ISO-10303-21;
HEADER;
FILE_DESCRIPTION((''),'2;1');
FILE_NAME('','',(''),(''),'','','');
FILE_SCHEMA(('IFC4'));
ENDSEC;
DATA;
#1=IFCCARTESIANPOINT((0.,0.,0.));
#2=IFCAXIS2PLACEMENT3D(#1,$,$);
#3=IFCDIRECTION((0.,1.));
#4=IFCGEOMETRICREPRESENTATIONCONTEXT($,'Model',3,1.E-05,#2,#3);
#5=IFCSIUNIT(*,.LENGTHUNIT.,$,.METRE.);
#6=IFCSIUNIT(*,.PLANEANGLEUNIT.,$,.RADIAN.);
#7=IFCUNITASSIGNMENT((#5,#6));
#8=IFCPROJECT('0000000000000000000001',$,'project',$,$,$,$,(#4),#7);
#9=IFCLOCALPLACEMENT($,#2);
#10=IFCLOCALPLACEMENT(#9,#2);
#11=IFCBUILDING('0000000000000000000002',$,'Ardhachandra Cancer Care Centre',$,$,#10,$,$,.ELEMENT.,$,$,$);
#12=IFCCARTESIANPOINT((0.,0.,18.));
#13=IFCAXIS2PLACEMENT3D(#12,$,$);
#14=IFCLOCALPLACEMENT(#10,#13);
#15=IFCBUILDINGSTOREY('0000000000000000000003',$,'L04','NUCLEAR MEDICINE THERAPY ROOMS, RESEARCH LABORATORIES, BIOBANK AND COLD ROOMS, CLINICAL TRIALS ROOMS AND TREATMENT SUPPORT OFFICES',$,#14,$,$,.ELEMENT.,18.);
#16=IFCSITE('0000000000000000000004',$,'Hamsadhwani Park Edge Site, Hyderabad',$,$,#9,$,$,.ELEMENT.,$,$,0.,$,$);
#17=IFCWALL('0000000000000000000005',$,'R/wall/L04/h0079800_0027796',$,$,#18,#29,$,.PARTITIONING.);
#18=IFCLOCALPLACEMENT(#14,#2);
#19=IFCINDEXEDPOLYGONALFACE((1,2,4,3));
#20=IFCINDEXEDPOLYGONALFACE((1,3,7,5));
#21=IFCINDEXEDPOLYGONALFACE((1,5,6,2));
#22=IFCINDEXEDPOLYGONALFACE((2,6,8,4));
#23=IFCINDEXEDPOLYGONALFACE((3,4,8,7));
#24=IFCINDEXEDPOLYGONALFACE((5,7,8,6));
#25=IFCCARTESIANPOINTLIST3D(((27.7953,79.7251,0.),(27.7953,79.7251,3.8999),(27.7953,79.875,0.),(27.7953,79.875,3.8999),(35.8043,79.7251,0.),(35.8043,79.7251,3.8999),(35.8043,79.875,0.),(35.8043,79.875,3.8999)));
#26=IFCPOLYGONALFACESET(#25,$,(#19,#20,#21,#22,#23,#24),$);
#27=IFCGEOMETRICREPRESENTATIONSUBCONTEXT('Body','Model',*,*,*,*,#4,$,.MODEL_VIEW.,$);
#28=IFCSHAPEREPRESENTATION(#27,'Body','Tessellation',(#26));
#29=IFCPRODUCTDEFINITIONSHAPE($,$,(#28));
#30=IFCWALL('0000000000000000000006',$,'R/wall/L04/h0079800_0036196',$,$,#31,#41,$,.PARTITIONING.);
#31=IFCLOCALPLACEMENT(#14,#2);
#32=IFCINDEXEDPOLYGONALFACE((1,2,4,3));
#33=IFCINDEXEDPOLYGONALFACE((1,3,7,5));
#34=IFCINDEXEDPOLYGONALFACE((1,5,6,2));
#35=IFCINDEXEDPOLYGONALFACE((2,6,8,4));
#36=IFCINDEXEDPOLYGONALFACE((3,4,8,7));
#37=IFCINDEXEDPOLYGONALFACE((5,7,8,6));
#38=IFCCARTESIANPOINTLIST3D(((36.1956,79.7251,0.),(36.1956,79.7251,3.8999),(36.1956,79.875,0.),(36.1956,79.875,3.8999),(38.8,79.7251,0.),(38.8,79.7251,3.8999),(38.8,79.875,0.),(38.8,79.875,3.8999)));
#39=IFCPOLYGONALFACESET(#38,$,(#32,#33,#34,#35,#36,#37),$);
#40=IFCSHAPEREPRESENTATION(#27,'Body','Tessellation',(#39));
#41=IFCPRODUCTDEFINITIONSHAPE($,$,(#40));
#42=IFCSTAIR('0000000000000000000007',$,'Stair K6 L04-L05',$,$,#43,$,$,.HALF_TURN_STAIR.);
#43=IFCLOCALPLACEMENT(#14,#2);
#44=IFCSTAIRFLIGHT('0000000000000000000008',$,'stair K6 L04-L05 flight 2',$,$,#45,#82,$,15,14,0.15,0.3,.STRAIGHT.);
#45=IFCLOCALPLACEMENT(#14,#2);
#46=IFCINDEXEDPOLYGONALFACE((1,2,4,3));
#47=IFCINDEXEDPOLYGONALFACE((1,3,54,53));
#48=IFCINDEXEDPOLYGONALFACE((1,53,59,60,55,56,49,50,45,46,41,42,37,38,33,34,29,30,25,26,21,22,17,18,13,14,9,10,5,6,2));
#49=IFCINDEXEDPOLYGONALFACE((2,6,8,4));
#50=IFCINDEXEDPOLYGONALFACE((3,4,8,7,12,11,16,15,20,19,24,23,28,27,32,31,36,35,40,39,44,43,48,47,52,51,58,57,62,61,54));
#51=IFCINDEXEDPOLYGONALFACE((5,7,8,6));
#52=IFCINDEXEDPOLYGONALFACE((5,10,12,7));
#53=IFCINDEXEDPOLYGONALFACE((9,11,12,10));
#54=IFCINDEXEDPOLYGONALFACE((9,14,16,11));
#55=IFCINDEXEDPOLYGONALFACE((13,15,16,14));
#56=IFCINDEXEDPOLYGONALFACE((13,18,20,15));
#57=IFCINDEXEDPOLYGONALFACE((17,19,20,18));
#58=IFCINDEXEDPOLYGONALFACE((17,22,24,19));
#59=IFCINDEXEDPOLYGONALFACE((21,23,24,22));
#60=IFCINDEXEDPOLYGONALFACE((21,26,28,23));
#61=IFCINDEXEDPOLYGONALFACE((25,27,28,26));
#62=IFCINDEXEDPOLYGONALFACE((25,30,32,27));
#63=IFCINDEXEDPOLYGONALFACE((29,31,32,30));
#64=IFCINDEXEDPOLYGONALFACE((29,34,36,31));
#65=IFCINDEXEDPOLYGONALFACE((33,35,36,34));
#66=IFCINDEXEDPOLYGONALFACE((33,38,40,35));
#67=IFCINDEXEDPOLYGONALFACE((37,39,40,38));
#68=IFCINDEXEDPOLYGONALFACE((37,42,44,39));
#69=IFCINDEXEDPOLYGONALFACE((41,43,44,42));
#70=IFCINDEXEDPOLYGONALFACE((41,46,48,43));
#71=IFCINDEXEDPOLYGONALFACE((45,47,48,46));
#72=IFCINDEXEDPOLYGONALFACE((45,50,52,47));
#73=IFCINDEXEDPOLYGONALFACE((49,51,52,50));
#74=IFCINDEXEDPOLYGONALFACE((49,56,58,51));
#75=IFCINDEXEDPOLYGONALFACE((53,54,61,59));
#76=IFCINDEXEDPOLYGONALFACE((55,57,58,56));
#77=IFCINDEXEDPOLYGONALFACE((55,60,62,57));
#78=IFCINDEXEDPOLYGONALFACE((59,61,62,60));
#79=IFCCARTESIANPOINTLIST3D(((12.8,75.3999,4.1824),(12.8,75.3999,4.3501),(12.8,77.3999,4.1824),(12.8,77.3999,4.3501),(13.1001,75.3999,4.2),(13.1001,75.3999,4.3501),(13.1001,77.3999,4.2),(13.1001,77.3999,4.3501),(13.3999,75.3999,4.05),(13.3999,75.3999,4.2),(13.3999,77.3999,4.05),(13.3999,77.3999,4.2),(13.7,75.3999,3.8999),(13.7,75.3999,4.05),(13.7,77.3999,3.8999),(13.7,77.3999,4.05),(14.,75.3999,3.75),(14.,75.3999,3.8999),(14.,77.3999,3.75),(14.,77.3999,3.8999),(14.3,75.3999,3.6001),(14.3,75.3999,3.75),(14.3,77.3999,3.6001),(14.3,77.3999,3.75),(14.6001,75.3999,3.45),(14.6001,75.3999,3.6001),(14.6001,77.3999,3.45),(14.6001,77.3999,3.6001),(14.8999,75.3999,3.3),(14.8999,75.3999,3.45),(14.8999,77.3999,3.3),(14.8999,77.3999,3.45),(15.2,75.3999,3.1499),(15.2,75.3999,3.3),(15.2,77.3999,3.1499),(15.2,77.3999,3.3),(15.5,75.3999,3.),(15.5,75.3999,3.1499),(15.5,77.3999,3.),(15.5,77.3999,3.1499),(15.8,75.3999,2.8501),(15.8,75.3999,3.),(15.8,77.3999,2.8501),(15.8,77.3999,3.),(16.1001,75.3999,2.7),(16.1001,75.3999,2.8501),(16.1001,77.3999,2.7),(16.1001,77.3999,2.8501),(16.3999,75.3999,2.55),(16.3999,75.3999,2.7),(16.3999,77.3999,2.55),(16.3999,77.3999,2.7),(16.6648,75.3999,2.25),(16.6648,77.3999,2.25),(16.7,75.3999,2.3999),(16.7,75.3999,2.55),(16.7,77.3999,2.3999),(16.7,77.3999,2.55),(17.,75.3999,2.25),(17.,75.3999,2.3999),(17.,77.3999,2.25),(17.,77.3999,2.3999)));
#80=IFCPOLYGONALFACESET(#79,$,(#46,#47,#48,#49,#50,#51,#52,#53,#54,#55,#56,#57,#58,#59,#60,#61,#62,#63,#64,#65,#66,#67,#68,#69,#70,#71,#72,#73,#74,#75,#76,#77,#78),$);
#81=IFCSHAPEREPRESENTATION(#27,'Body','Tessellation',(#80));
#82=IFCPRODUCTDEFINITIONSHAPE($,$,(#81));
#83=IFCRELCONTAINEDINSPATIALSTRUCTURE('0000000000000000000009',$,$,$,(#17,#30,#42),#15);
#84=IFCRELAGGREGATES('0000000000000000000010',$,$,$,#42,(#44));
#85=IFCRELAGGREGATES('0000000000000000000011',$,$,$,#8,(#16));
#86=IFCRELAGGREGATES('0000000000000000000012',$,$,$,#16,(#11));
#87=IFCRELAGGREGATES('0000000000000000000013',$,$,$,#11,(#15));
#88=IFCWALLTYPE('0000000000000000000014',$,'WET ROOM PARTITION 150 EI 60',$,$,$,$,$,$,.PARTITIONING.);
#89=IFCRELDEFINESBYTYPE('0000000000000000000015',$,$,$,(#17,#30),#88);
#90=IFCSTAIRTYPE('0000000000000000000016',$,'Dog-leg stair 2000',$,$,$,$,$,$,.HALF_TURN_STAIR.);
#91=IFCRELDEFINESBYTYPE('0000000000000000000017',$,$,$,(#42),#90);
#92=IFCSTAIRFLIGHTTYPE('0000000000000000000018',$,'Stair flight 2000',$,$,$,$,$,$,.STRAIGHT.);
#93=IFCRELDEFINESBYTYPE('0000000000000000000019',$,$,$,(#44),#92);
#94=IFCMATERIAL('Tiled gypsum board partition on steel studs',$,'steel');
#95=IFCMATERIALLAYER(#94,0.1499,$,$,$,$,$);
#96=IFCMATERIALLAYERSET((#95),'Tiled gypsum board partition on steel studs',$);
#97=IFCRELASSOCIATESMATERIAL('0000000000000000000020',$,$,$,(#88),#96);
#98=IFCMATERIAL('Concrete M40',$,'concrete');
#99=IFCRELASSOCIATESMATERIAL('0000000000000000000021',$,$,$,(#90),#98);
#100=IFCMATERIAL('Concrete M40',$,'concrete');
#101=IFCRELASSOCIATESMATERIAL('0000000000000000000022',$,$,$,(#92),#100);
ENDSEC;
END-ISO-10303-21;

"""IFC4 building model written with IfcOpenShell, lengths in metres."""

from ifc_helpers import new_model, si_unit, direction, frame, frame_2d, origin, place, context, subcontext, project, spatial, polyline, rectangle, outline, extrude, material, layer, layer_set, type_object, element, aggregate, save


model = new_model("IFC4")

# Units and contexts
model_context = context("Model", 3, precision=1e-05, world=origin(), true_north=direction((0.0, 1.0)))
body_context = subcontext(model_context, "Body", "Model", "MODEL_VIEW")
ifc_project = project(units=[si_unit("LENGTHUNIT", "METRE"), si_unit("PLANEANGLEUNIT", "RADIAN")], contexts=[model_context])

# Site, building, storey
site_placement = place(None, origin())
site = spatial("IfcSite", under=ifc_project, at=site_placement, Name="Hamsadhwani Park Edge Site, Hyderabad", CompositionType="ELEMENT", RefElevation=0.0)
building_placement = place(site_placement, origin())
building = spatial("IfcBuilding", under=site, at=building_placement, Name="Ardhachandra Cancer Care Centre", CompositionType="ELEMENT")
storey_placement = place(building_placement, frame((0.0, 0.0, 18.0)))
storey = spatial("IfcBuildingStorey", under=building, at=storey_placement, Name="L04", Description="NUCLEAR MEDICINE THERAPY ROOMS, RESEARCH LABORATORIES, BIOBANK AND COLD ROOMS, CLINICAL TRIALS ROOMS AND TREATMENT SUPPORT OFFICES", CompositionType="ELEMENT", Elevation=18.0)

# Walls
ifc_material_1 = material(Name="Tiled gypsum board partition on steel studs", Category="steel")
ifc_layer_1 = layer(ifc_material_1, 0.1499)
ifc_layer_set_1 = layer_set([ifc_layer_1], Name="Tiled gypsum board partition on steel studs")
wall_type_1 = type_object("IfcWallType", Name="WET ROOM PARTITION 150 EI 60", PredefinedType="PARTITIONING", material=ifc_layer_set_1)
wall_1_placement = place(storey_placement, frame((27.7954, 79.8, 0.0), z_axis=(0.0, 0.0, 1.0), x_axis=(1.0, 0.0, 0.0)))
element("IfcWall", 1, at=wall_1_placement, inside=storey, type_object=wall_type_1, Name="R/wall/L04/h0079800_0027796", PredefinedType="PARTITIONING", context=body_context, shape_type="SweptSolid", body=[
    extrude(rectangle(XDim=8.009, YDim=0.1499, at=frame_2d((4.0044, 0.0))), origin(), (0.0, 0.0, 1.0), 3.8999),
])
wall_2_placement = place(storey_placement, frame((36.1956, 79.8, 0.0), z_axis=(0.0, 0.0, 1.0), x_axis=(1.0, 0.0, 0.0)))
element("IfcWall", 2, at=wall_2_placement, inside=storey, type_object=wall_type_1, Name="R/wall/L04/h0079800_0036196", PredefinedType="PARTITIONING", context=body_context, shape_type="SweptSolid", body=[
    extrude(rectangle(XDim=2.6045, YDim=0.1499, at=frame_2d((1.3022, 0.0))), origin(), (0.0, 0.0, 1.0), 3.8999),
])

# Stair, stair flight
ifc_material_2 = material(Name="Concrete M40", Category="concrete")
stair_type = type_object("IfcStairType", Name="Dog-leg stair 2000", PredefinedType="HALF_TURN_STAIR", material=ifc_material_2)
stair_placement = place(storey_placement, origin())
stair = element("IfcStair", 3, at=stair_placement, inside=storey, type_object=stair_type, Name="Stair K6 L04-L05", PredefinedType="HALF_TURN_STAIR")
ifc_material_3 = material(Name="Concrete M40", Category="concrete")
stair_flight_type = type_object("IfcStairFlightType", Name="Stair flight 2000", PredefinedType="STRAIGHT", material=ifc_material_3)
stair_flight_placement = place(storey_placement, frame((17.0, 76.3999, 2.25), z_axis=(0.0, 0.0, 1.0), x_axis=(-1.0, 0.0, 0.0)))
stair_flight = element("IfcStairFlight", 4, at=stair_flight_placement, type_object=stair_flight_type, Name="stair K6 L04-L05 flight 2", NumberOfRisers=15, NumberOfTreads=14, PredefinedType="STRAIGHT", RiserHeight=0.15, TreadLength=0.3, context=body_context, shape_type="SweptSolid", body=[
    extrude(outline(polyline([(0.0, 0.0), (0.0, 0.1499), (0.3, 0.1499), (0.3, 0.3), (0.6001, 0.3), (0.6001, 0.45), (0.8999, 0.45), (0.8999, 0.6001), (1.2, 0.6001), (1.2, 0.75), (1.5, 0.75), (1.5, 0.8999), (1.8, 0.8999), (1.8, 1.05), (2.1001, 1.05), (2.1001, 1.2), (2.3999, 1.2), (2.3999, 1.3501), (2.7, 1.3501), (2.7, 1.5), (3.0, 1.5), (3.0, 1.6499), (3.3, 1.6499), (3.3, 1.8), (3.6001, 1.8), (3.6001, 1.95), (3.8999, 1.95), (3.8999, 2.1001), (4.2, 2.1001), (4.2, 2.25), (4.2, 1.9324), (0.3352, 0.0), (0.0, 0.0)])), frame((0.0, 1.0, 0.0), z_axis=(0.0, -1.0, 0.0), x_axis=(1.0, 0.0, 0.0)), (0.0, 0.0, 1.0), 2.0),
])
aggregate(stair, [stair_flight])

save(model, "model.ifc")
